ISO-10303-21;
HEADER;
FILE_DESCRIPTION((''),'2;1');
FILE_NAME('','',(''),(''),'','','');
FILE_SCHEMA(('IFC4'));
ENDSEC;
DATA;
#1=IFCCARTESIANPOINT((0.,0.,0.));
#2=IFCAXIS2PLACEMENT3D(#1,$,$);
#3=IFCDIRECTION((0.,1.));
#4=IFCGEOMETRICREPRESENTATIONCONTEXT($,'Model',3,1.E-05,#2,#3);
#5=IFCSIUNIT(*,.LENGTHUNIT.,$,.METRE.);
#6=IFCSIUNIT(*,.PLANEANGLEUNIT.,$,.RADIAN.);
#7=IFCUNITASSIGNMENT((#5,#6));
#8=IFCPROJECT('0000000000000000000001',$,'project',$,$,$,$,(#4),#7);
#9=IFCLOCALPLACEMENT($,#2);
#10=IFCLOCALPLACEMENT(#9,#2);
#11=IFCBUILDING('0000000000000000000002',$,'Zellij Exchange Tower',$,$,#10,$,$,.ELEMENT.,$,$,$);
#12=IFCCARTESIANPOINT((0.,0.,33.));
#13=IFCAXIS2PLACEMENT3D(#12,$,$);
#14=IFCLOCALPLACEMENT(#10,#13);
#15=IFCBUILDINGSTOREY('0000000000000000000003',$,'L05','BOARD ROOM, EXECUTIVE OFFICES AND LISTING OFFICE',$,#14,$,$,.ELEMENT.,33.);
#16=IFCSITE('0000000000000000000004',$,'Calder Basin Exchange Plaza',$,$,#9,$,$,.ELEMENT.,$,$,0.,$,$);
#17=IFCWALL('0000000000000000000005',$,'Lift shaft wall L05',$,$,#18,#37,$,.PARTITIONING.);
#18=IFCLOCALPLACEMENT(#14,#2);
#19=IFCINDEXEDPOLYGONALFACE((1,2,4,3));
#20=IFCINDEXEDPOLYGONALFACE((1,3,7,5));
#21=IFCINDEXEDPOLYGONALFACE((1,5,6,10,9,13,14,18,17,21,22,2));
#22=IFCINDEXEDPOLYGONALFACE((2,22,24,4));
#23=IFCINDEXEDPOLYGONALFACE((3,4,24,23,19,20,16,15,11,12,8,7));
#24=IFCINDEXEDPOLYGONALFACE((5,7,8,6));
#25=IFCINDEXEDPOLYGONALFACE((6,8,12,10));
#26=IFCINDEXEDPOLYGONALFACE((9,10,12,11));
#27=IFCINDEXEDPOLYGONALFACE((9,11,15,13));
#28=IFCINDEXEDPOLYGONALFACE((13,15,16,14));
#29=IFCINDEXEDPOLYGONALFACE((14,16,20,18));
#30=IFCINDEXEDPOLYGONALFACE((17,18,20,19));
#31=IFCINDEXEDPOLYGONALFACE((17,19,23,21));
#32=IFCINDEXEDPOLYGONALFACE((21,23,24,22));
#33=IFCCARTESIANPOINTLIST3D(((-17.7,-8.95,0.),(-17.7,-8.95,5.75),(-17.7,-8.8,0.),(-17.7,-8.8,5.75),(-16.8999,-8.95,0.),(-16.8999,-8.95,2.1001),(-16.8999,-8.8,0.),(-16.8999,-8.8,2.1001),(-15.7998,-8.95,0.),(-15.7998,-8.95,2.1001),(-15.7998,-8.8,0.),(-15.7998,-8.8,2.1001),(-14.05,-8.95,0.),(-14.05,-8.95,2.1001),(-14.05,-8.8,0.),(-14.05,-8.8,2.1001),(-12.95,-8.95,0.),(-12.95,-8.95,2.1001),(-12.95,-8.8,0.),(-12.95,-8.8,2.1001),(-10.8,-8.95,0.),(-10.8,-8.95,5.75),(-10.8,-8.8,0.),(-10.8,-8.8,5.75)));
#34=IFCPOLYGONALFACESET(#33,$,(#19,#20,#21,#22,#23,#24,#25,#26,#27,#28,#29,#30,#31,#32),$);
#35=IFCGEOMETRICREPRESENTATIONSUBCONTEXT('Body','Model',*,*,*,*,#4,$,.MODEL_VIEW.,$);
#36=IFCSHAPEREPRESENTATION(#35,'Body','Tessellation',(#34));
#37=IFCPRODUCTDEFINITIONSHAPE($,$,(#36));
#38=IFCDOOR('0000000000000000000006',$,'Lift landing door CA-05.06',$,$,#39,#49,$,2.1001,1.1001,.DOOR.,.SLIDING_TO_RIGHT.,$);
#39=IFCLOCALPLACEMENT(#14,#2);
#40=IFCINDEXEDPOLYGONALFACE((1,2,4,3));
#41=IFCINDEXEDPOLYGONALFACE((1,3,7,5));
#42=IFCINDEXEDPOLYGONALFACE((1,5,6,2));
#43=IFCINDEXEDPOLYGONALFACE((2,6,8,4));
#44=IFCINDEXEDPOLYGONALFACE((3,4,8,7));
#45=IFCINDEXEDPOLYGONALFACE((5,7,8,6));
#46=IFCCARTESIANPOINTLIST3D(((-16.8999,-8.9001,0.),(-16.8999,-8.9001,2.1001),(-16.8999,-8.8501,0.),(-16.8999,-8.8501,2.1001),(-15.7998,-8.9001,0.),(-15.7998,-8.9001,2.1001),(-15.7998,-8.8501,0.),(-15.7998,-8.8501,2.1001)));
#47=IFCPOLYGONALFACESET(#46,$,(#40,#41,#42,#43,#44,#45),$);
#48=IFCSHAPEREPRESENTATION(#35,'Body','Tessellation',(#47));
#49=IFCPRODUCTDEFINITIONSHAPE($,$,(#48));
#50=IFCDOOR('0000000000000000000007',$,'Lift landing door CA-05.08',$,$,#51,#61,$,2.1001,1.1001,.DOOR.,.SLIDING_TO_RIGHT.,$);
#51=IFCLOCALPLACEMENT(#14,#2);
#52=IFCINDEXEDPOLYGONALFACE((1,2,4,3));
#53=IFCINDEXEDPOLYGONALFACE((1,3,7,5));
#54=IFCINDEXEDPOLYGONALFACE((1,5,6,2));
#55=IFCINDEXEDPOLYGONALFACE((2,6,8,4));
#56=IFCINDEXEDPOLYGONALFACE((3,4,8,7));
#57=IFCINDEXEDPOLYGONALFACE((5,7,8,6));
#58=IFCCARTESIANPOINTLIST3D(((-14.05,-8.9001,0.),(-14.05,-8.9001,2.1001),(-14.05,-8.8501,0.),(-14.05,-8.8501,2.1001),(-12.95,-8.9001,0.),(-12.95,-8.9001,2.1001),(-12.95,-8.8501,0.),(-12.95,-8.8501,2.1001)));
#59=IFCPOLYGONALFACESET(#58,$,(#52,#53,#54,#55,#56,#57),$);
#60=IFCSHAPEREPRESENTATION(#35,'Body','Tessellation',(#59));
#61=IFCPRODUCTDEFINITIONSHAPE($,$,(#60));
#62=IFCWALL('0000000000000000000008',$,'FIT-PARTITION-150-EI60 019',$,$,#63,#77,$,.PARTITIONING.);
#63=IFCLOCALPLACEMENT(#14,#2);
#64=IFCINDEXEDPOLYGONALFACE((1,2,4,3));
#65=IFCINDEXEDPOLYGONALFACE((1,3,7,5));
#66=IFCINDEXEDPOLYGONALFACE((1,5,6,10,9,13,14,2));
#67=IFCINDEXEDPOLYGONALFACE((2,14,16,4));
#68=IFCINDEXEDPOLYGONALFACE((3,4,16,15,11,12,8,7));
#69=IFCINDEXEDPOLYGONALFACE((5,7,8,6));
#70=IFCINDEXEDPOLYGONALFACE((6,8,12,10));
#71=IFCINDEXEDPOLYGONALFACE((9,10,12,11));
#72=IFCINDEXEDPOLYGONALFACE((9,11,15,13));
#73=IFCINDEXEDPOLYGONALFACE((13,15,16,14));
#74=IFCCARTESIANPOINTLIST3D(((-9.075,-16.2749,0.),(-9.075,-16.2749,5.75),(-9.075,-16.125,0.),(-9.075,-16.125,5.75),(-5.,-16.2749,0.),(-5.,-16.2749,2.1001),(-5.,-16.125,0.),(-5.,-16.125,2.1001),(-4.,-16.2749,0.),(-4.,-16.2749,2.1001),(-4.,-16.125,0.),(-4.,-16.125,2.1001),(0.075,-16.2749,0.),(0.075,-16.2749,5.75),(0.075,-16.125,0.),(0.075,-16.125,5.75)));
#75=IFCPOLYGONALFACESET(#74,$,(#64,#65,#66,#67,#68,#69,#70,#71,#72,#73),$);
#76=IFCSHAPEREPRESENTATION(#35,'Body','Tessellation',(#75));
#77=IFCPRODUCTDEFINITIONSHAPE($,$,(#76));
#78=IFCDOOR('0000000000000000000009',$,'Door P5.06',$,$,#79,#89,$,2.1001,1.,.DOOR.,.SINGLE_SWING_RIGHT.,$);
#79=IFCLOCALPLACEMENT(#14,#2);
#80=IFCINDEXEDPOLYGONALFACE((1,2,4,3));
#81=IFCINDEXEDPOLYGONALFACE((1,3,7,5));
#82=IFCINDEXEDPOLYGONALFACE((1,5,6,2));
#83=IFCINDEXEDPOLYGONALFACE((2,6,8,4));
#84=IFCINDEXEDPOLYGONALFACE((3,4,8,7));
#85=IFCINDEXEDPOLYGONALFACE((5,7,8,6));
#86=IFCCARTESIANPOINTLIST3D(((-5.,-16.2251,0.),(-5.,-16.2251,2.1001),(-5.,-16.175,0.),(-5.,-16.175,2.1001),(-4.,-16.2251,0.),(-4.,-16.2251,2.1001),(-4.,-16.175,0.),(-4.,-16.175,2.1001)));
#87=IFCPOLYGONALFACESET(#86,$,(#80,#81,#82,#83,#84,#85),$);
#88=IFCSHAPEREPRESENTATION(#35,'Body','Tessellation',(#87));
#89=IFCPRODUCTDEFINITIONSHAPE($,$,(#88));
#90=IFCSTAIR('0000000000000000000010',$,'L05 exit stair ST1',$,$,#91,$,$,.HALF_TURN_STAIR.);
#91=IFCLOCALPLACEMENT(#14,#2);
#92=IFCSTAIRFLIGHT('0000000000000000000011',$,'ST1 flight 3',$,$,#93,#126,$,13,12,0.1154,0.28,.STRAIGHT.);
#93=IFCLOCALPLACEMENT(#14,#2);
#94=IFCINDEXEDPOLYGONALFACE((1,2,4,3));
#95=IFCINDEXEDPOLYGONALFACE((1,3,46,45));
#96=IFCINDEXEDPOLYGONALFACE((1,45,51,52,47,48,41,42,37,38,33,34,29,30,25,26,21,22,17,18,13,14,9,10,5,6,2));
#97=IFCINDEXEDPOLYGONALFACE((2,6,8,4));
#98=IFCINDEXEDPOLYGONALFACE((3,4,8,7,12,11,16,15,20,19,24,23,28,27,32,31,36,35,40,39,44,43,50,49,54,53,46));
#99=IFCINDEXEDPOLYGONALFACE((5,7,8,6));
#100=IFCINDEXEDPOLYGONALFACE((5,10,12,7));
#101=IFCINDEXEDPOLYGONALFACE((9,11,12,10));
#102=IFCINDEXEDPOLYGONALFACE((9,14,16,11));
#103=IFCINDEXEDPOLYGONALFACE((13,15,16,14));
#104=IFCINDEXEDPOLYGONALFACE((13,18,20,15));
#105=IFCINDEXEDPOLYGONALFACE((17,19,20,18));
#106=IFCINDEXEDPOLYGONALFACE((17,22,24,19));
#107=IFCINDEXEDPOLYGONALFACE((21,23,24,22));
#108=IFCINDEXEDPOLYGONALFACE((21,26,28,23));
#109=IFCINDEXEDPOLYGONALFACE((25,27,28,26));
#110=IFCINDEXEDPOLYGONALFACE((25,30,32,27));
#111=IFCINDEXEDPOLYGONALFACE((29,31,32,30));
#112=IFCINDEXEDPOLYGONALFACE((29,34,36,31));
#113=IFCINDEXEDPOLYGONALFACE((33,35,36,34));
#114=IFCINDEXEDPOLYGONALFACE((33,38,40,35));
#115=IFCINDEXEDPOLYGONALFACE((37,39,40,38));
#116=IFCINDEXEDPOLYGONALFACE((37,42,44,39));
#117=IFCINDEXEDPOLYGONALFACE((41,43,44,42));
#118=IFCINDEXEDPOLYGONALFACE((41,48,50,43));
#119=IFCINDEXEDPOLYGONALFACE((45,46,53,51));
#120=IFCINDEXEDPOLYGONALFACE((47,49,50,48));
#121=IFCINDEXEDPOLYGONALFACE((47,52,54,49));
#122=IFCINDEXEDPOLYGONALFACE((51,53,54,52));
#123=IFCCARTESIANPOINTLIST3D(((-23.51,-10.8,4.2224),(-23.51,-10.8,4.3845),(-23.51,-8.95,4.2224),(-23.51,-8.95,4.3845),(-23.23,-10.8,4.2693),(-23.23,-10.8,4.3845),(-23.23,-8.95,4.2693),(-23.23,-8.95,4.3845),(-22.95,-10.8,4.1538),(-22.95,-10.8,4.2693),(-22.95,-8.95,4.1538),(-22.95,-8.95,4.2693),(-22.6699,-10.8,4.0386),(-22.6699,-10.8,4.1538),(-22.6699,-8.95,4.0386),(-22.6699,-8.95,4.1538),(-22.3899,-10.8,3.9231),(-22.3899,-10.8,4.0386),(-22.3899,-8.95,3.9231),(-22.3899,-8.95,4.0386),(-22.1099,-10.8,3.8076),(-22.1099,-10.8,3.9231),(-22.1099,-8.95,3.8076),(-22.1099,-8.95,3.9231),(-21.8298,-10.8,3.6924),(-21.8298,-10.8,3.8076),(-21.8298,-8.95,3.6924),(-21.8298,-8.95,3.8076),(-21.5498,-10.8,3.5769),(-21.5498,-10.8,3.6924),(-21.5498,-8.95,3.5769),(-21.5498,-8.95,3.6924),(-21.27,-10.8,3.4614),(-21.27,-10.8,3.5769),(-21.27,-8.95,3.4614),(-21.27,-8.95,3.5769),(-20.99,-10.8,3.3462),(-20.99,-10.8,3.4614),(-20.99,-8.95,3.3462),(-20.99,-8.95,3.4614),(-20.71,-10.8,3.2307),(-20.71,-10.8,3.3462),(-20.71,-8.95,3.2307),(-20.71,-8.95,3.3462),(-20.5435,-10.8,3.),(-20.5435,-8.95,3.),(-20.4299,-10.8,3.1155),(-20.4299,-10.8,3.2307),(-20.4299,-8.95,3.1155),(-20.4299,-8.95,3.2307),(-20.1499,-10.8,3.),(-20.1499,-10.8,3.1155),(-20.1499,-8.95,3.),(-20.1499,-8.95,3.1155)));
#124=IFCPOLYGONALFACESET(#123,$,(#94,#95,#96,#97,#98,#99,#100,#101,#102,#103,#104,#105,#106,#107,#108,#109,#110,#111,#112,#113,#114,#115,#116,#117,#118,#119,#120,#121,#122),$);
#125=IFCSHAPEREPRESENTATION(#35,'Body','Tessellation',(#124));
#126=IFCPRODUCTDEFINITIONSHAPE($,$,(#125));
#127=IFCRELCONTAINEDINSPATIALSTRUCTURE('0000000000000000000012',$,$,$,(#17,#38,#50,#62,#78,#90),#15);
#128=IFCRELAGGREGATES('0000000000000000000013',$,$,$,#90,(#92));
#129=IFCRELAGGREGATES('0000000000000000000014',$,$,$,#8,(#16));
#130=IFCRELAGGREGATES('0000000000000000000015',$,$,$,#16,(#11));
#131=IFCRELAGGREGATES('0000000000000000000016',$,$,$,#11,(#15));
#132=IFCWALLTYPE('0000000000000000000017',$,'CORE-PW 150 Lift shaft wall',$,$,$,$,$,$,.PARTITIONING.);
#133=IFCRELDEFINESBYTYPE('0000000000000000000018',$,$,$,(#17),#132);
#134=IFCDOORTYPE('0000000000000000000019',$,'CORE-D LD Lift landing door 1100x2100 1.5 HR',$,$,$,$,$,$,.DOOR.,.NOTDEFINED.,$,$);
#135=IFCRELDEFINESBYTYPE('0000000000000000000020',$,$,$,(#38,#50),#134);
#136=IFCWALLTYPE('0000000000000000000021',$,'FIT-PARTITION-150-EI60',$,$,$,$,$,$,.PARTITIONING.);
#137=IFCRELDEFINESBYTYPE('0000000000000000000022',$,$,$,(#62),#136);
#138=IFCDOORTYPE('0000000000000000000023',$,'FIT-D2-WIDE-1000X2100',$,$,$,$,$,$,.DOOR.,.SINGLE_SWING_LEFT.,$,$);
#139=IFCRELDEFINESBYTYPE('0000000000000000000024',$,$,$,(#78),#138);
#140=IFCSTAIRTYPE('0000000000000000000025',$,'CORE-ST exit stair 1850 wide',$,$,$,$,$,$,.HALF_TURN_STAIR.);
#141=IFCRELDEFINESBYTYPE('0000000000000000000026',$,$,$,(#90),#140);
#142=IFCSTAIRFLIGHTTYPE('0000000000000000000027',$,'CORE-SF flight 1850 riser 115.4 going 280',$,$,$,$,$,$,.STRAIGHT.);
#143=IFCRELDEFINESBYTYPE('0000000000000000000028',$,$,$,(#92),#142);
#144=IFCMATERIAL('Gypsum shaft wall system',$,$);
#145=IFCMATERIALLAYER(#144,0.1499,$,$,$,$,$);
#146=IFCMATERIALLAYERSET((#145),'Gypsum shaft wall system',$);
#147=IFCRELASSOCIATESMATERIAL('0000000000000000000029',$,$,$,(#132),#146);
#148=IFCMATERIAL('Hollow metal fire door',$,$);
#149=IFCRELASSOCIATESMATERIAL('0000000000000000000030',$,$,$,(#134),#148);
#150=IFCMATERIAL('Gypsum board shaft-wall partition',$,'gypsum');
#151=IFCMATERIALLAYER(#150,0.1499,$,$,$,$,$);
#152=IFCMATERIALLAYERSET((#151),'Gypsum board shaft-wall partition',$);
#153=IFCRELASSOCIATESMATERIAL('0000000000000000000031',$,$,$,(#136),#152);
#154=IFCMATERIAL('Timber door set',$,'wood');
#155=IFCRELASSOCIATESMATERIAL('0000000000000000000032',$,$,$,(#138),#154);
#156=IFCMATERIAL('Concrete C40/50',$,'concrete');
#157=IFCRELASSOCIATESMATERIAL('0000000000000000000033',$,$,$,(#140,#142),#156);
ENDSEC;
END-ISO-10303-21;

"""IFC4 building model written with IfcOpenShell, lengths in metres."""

from ifc_helpers import new_model, si_unit, direction, frame, frame_2d, origin, place, context, subcontext, project, spatial, polyline, rectangle, outline, extrude, material, layer, layer_set, type_object, element, fill, aggregate, save


model = new_model("IFC4")

# Units and contexts
model_context = context("Model", 3, precision=1e-05, world=origin(), true_north=direction((0.0, 1.0)))
body_context = subcontext(model_context, "Body", "Model", "MODEL_VIEW")
ifc_project = project(units=[si_unit("LENGTHUNIT", "METRE"), si_unit("PLANEANGLEUNIT", "RADIAN")], contexts=[model_context])

# Site, building, storey
site_placement = place(None, origin())
site = spatial("IfcSite", under=ifc_project, at=site_placement, Name="Calder Basin Exchange Plaza", CompositionType="ELEMENT", RefElevation=0.0)
building_placement = place(site_placement, origin())
building = spatial("IfcBuilding", under=site, at=building_placement, Name="Zellij Exchange Tower", CompositionType="ELEMENT")
storey_placement = place(building_placement, frame((0.0, 0.0, 33.0)))
storey = spatial("IfcBuildingStorey", under=building, at=storey_placement, Name="L05", Description="BOARD ROOM, EXECUTIVE OFFICES AND LISTING OFFICE", CompositionType="ELEMENT", Elevation=33.0)

# Shared definitions
ifc_material_1 = material(Name="Hollow metal fire door")

# Shared definitions
ifc_material_2 = material(Name="Gypsum shaft wall system")
ifc_layer_1 = layer(ifc_material_2, 0.1499)
ifc_layer_set_1 = layer_set([ifc_layer_1], Name="Gypsum shaft wall system")
wall_type_1 = type_object("IfcWallType", Name="CORE-PW 150 Lift shaft wall", PredefinedType="PARTITIONING", material=ifc_layer_set_1)

# Wall, openings, doors
door_type_1 = type_object("IfcDoorType", Name="CORE-D LD Lift landing door 1100x2100 1.5 HR", OperationType="NOTDEFINED", PredefinedType="DOOR", material=ifc_material_1)
wall_1_placement = place(storey_placement, frame((-17.7, -8.875, 0.0), z_axis=(0.0, 0.0, 1.0), x_axis=(1.0, 0.0, 0.0)))
wall_1 = element("IfcWall", 1, at=wall_1_placement, inside=storey, type_object=wall_type_1, Name="Lift shaft wall L05", PredefinedType="PARTITIONING", context=body_context, shape_type="SweptSolid", body=[
    extrude(rectangle(XDim=6.8999, YDim=0.1499, at=frame_2d((3.45, 0.0))), origin(), (0.0, 0.0, 1.0), 5.75),
])
opening_1_placement = place(wall_1_placement, frame((0.8, 0.0, 0.0)))
opening_1 = element("IfcOpeningElement", 2, at=opening_1_placement, cuts=wall_1, PredefinedType="OPENING", context=body_context, shape_type="SweptSolid", body=[
    extrude(rectangle(XDim=1.1001, YDim=2.1001, at=frame_2d((0.55, 1.05))), frame((0.0, 0.0869, 0.0), z_axis=(0.0, -1.0, 0.0), x_axis=(1.0, 0.0, 0.0)), (0.0, 0.0, 1.0), 0.1738),
])
opening_2_placement = place(wall_1_placement, frame((3.6499, 0.0, 0.0)))
opening_2 = element("IfcOpeningElement", 3, at=opening_2_placement, cuts=wall_1, PredefinedType="OPENING", context=body_context, shape_type="SweptSolid", body=[
    extrude(rectangle(XDim=1.1001, YDim=2.1001, at=frame_2d((0.55, 1.05))), frame((0.0, 0.0869, 0.0), z_axis=(0.0, -1.0, 0.0), x_axis=(1.0, 0.0, 0.0)), (0.0, 0.0, 1.0), 0.1738),
])
door_1_placement = place(opening_1_placement, origin())
door_1 = element("IfcDoor", 4, at=door_1_placement, inside=storey, type_object=door_type_1, Name="Lift landing door CA-05.06", OperationType="SLIDING_TO_RIGHT", OverallHeight=2.1001, OverallWidth=1.1001, PredefinedType="DOOR", context=body_context, shape_type="SweptSolid", body=[
    extrude(rectangle(XDim=1.1001, YDim=2.1001, at=frame_2d((0.55, 1.05))), frame((0.0, 0.0249, 0.0), z_axis=(0.0, -1.0, 0.0), x_axis=(1.0, 0.0, 0.0)), (0.0, 0.0, 1.0), 0.05),
])
fill(opening_1, door_1)
door_2_placement = place(opening_2_placement, origin())
door_2 = element("IfcDoor", 5, at=door_2_placement, inside=storey, type_object=door_type_1, Name="Lift landing door CA-05.08", OperationType="SLIDING_TO_RIGHT", OverallHeight=2.1001, OverallWidth=1.1001, PredefinedType="DOOR", context=body_context, shape_type="SweptSolid", body=[
    extrude(rectangle(XDim=1.1001, YDim=2.1001, at=frame_2d((0.55, 1.05))), frame((0.0, 0.0249, 0.0), z_axis=(0.0, -1.0, 0.0), x_axis=(1.0, 0.0, 0.0)), (0.0, 0.0, 1.0), 0.05),
])
fill(opening_2, door_2)

# Wall, opening, door
ifc_material_3 = material(Name="Gypsum board shaft-wall partition", Category="gypsum")
ifc_layer_2 = layer(ifc_material_3, 0.1499)
ifc_layer_set_2 = layer_set([ifc_layer_2], Name="Gypsum board shaft-wall partition")
wall_type_2 = type_object("IfcWallType", Name="FIT-PARTITION-150-EI60", PredefinedType="PARTITIONING", material=ifc_layer_set_2)
wall_2_placement = place(storey_placement, frame((-9.075, -16.2, 0.0), z_axis=(0.0, 0.0, 1.0), x_axis=(1.0, 0.0, 0.0)))
wall_2 = element("IfcWall", 6, at=wall_2_placement, inside=storey, type_object=wall_type_2, Name="FIT-PARTITION-150-EI60 019", PredefinedType="PARTITIONING", context=body_context, shape_type="SweptSolid", body=[
    extrude(rectangle(XDim=9.1499, YDim=0.1499, at=frame_2d((4.575, 0.0))), origin(), (0.0, 0.0, 1.0), 5.75),
])
opening_3_placement = place(wall_2_placement, frame((4.075, 0.0, 0.0)))
opening_3 = element("IfcOpeningElement", 7, at=opening_3_placement, cuts=wall_2, PredefinedType="OPENING", context=body_context, shape_type="SweptSolid", body=[
    extrude(rectangle(XDim=1.0, YDim=2.1001, at=frame_2d((0.5, 1.05))), frame((0.0, 0.0869, 0.0), z_axis=(0.0, -1.0, 0.0), x_axis=(1.0, 0.0, 0.0)), (0.0, 0.0, 1.0), 0.1738),
])
ifc_material_4 = material(Name="Timber door set", Category="wood")
door_type_2 = type_object("IfcDoorType", Name="FIT-D2-WIDE-1000X2100", OperationType="SINGLE_SWING_LEFT", PredefinedType="DOOR", material=ifc_material_4)
door_3_placement = place(opening_3_placement, origin())
door_3 = element("IfcDoor", 8, at=door_3_placement, inside=storey, type_object=door_type_2, Name="Door P5.06", OperationType="SINGLE_SWING_RIGHT", OverallHeight=2.1001, OverallWidth=1.0, PredefinedType="DOOR", context=body_context, shape_type="SweptSolid", body=[
    extrude(rectangle(XDim=1.0, YDim=2.1001, at=frame_2d((0.5, 1.05))), frame((0.0, 0.0249, 0.0), z_axis=(0.0, -1.0, 0.0), x_axis=(1.0, 0.0, 0.0)), (0.0, 0.0, 1.0), 0.05),
])
fill(opening_3, door_3)

# Stair, stair flight
ifc_material_5 = material(Name="Concrete C40/50", Category="concrete")
stair_type = type_object("IfcStairType", Name="CORE-ST exit stair 1850 wide", PredefinedType="HALF_TURN_STAIR", material=ifc_material_5)
stair_placement = place(storey_placement, origin())
stair = element("IfcStair", 9, at=stair_placement, inside=storey, type_object=stair_type, Name="L05 exit stair ST1", PredefinedType="HALF_TURN_STAIR")
stair_flight_type = type_object("IfcStairFlightType", Name="CORE-SF flight 1850 riser 115.4 going 280", PredefinedType="STRAIGHT", material=ifc_material_5)
stair_flight_placement = place(storey_placement, frame((-20.1499, -9.875, 3.0), z_axis=(0.0, 0.0, 1.0), x_axis=(-1.0, 0.0, 0.0)))
stair_flight = element("IfcStairFlight", 10, at=stair_flight_placement, type_object=stair_flight_type, Name="ST1 flight 3", NumberOfRisers=13, NumberOfTreads=12, PredefinedType="STRAIGHT", RiserHeight=0.1154, TreadLength=0.28, context=body_context, shape_type="SweptSolid", body=[
    extrude(outline(polyline([(0.0, 0.0), (0.0, 0.1155), (0.28, 0.1155), (0.28, 0.2307), (0.5601, 0.2307), (0.5601, 0.3462), (0.8401, 0.3462), (0.8401, 0.4614), (1.1201, 0.4614), (1.1201, 0.5769), (1.3999, 0.5769), (1.3999, 0.6924), (1.6799, 0.6924), (1.6799, 0.8076), (1.96, 0.8076), (1.96, 0.9231), (2.24, 0.9231), (2.24, 1.0386), (2.52, 1.0386), (2.52, 1.1538), (2.8, 1.1538), (2.8, 1.2693), (3.0801, 1.2693), (3.0801, 1.3845), (3.3601, 1.3845), (3.3601, 1.5), (3.3601, 1.2224), (0.3936, 0.0), (0.0, 0.0)])), frame((0.0, 0.925, 0.0), z_axis=(0.0, -1.0, 0.0), x_axis=(1.0, 0.0, 0.0)), (0.0, 0.0, 1.0), 1.8501),
])
aggregate(stair, [stair_flight])

save(model, "model.ifc")
